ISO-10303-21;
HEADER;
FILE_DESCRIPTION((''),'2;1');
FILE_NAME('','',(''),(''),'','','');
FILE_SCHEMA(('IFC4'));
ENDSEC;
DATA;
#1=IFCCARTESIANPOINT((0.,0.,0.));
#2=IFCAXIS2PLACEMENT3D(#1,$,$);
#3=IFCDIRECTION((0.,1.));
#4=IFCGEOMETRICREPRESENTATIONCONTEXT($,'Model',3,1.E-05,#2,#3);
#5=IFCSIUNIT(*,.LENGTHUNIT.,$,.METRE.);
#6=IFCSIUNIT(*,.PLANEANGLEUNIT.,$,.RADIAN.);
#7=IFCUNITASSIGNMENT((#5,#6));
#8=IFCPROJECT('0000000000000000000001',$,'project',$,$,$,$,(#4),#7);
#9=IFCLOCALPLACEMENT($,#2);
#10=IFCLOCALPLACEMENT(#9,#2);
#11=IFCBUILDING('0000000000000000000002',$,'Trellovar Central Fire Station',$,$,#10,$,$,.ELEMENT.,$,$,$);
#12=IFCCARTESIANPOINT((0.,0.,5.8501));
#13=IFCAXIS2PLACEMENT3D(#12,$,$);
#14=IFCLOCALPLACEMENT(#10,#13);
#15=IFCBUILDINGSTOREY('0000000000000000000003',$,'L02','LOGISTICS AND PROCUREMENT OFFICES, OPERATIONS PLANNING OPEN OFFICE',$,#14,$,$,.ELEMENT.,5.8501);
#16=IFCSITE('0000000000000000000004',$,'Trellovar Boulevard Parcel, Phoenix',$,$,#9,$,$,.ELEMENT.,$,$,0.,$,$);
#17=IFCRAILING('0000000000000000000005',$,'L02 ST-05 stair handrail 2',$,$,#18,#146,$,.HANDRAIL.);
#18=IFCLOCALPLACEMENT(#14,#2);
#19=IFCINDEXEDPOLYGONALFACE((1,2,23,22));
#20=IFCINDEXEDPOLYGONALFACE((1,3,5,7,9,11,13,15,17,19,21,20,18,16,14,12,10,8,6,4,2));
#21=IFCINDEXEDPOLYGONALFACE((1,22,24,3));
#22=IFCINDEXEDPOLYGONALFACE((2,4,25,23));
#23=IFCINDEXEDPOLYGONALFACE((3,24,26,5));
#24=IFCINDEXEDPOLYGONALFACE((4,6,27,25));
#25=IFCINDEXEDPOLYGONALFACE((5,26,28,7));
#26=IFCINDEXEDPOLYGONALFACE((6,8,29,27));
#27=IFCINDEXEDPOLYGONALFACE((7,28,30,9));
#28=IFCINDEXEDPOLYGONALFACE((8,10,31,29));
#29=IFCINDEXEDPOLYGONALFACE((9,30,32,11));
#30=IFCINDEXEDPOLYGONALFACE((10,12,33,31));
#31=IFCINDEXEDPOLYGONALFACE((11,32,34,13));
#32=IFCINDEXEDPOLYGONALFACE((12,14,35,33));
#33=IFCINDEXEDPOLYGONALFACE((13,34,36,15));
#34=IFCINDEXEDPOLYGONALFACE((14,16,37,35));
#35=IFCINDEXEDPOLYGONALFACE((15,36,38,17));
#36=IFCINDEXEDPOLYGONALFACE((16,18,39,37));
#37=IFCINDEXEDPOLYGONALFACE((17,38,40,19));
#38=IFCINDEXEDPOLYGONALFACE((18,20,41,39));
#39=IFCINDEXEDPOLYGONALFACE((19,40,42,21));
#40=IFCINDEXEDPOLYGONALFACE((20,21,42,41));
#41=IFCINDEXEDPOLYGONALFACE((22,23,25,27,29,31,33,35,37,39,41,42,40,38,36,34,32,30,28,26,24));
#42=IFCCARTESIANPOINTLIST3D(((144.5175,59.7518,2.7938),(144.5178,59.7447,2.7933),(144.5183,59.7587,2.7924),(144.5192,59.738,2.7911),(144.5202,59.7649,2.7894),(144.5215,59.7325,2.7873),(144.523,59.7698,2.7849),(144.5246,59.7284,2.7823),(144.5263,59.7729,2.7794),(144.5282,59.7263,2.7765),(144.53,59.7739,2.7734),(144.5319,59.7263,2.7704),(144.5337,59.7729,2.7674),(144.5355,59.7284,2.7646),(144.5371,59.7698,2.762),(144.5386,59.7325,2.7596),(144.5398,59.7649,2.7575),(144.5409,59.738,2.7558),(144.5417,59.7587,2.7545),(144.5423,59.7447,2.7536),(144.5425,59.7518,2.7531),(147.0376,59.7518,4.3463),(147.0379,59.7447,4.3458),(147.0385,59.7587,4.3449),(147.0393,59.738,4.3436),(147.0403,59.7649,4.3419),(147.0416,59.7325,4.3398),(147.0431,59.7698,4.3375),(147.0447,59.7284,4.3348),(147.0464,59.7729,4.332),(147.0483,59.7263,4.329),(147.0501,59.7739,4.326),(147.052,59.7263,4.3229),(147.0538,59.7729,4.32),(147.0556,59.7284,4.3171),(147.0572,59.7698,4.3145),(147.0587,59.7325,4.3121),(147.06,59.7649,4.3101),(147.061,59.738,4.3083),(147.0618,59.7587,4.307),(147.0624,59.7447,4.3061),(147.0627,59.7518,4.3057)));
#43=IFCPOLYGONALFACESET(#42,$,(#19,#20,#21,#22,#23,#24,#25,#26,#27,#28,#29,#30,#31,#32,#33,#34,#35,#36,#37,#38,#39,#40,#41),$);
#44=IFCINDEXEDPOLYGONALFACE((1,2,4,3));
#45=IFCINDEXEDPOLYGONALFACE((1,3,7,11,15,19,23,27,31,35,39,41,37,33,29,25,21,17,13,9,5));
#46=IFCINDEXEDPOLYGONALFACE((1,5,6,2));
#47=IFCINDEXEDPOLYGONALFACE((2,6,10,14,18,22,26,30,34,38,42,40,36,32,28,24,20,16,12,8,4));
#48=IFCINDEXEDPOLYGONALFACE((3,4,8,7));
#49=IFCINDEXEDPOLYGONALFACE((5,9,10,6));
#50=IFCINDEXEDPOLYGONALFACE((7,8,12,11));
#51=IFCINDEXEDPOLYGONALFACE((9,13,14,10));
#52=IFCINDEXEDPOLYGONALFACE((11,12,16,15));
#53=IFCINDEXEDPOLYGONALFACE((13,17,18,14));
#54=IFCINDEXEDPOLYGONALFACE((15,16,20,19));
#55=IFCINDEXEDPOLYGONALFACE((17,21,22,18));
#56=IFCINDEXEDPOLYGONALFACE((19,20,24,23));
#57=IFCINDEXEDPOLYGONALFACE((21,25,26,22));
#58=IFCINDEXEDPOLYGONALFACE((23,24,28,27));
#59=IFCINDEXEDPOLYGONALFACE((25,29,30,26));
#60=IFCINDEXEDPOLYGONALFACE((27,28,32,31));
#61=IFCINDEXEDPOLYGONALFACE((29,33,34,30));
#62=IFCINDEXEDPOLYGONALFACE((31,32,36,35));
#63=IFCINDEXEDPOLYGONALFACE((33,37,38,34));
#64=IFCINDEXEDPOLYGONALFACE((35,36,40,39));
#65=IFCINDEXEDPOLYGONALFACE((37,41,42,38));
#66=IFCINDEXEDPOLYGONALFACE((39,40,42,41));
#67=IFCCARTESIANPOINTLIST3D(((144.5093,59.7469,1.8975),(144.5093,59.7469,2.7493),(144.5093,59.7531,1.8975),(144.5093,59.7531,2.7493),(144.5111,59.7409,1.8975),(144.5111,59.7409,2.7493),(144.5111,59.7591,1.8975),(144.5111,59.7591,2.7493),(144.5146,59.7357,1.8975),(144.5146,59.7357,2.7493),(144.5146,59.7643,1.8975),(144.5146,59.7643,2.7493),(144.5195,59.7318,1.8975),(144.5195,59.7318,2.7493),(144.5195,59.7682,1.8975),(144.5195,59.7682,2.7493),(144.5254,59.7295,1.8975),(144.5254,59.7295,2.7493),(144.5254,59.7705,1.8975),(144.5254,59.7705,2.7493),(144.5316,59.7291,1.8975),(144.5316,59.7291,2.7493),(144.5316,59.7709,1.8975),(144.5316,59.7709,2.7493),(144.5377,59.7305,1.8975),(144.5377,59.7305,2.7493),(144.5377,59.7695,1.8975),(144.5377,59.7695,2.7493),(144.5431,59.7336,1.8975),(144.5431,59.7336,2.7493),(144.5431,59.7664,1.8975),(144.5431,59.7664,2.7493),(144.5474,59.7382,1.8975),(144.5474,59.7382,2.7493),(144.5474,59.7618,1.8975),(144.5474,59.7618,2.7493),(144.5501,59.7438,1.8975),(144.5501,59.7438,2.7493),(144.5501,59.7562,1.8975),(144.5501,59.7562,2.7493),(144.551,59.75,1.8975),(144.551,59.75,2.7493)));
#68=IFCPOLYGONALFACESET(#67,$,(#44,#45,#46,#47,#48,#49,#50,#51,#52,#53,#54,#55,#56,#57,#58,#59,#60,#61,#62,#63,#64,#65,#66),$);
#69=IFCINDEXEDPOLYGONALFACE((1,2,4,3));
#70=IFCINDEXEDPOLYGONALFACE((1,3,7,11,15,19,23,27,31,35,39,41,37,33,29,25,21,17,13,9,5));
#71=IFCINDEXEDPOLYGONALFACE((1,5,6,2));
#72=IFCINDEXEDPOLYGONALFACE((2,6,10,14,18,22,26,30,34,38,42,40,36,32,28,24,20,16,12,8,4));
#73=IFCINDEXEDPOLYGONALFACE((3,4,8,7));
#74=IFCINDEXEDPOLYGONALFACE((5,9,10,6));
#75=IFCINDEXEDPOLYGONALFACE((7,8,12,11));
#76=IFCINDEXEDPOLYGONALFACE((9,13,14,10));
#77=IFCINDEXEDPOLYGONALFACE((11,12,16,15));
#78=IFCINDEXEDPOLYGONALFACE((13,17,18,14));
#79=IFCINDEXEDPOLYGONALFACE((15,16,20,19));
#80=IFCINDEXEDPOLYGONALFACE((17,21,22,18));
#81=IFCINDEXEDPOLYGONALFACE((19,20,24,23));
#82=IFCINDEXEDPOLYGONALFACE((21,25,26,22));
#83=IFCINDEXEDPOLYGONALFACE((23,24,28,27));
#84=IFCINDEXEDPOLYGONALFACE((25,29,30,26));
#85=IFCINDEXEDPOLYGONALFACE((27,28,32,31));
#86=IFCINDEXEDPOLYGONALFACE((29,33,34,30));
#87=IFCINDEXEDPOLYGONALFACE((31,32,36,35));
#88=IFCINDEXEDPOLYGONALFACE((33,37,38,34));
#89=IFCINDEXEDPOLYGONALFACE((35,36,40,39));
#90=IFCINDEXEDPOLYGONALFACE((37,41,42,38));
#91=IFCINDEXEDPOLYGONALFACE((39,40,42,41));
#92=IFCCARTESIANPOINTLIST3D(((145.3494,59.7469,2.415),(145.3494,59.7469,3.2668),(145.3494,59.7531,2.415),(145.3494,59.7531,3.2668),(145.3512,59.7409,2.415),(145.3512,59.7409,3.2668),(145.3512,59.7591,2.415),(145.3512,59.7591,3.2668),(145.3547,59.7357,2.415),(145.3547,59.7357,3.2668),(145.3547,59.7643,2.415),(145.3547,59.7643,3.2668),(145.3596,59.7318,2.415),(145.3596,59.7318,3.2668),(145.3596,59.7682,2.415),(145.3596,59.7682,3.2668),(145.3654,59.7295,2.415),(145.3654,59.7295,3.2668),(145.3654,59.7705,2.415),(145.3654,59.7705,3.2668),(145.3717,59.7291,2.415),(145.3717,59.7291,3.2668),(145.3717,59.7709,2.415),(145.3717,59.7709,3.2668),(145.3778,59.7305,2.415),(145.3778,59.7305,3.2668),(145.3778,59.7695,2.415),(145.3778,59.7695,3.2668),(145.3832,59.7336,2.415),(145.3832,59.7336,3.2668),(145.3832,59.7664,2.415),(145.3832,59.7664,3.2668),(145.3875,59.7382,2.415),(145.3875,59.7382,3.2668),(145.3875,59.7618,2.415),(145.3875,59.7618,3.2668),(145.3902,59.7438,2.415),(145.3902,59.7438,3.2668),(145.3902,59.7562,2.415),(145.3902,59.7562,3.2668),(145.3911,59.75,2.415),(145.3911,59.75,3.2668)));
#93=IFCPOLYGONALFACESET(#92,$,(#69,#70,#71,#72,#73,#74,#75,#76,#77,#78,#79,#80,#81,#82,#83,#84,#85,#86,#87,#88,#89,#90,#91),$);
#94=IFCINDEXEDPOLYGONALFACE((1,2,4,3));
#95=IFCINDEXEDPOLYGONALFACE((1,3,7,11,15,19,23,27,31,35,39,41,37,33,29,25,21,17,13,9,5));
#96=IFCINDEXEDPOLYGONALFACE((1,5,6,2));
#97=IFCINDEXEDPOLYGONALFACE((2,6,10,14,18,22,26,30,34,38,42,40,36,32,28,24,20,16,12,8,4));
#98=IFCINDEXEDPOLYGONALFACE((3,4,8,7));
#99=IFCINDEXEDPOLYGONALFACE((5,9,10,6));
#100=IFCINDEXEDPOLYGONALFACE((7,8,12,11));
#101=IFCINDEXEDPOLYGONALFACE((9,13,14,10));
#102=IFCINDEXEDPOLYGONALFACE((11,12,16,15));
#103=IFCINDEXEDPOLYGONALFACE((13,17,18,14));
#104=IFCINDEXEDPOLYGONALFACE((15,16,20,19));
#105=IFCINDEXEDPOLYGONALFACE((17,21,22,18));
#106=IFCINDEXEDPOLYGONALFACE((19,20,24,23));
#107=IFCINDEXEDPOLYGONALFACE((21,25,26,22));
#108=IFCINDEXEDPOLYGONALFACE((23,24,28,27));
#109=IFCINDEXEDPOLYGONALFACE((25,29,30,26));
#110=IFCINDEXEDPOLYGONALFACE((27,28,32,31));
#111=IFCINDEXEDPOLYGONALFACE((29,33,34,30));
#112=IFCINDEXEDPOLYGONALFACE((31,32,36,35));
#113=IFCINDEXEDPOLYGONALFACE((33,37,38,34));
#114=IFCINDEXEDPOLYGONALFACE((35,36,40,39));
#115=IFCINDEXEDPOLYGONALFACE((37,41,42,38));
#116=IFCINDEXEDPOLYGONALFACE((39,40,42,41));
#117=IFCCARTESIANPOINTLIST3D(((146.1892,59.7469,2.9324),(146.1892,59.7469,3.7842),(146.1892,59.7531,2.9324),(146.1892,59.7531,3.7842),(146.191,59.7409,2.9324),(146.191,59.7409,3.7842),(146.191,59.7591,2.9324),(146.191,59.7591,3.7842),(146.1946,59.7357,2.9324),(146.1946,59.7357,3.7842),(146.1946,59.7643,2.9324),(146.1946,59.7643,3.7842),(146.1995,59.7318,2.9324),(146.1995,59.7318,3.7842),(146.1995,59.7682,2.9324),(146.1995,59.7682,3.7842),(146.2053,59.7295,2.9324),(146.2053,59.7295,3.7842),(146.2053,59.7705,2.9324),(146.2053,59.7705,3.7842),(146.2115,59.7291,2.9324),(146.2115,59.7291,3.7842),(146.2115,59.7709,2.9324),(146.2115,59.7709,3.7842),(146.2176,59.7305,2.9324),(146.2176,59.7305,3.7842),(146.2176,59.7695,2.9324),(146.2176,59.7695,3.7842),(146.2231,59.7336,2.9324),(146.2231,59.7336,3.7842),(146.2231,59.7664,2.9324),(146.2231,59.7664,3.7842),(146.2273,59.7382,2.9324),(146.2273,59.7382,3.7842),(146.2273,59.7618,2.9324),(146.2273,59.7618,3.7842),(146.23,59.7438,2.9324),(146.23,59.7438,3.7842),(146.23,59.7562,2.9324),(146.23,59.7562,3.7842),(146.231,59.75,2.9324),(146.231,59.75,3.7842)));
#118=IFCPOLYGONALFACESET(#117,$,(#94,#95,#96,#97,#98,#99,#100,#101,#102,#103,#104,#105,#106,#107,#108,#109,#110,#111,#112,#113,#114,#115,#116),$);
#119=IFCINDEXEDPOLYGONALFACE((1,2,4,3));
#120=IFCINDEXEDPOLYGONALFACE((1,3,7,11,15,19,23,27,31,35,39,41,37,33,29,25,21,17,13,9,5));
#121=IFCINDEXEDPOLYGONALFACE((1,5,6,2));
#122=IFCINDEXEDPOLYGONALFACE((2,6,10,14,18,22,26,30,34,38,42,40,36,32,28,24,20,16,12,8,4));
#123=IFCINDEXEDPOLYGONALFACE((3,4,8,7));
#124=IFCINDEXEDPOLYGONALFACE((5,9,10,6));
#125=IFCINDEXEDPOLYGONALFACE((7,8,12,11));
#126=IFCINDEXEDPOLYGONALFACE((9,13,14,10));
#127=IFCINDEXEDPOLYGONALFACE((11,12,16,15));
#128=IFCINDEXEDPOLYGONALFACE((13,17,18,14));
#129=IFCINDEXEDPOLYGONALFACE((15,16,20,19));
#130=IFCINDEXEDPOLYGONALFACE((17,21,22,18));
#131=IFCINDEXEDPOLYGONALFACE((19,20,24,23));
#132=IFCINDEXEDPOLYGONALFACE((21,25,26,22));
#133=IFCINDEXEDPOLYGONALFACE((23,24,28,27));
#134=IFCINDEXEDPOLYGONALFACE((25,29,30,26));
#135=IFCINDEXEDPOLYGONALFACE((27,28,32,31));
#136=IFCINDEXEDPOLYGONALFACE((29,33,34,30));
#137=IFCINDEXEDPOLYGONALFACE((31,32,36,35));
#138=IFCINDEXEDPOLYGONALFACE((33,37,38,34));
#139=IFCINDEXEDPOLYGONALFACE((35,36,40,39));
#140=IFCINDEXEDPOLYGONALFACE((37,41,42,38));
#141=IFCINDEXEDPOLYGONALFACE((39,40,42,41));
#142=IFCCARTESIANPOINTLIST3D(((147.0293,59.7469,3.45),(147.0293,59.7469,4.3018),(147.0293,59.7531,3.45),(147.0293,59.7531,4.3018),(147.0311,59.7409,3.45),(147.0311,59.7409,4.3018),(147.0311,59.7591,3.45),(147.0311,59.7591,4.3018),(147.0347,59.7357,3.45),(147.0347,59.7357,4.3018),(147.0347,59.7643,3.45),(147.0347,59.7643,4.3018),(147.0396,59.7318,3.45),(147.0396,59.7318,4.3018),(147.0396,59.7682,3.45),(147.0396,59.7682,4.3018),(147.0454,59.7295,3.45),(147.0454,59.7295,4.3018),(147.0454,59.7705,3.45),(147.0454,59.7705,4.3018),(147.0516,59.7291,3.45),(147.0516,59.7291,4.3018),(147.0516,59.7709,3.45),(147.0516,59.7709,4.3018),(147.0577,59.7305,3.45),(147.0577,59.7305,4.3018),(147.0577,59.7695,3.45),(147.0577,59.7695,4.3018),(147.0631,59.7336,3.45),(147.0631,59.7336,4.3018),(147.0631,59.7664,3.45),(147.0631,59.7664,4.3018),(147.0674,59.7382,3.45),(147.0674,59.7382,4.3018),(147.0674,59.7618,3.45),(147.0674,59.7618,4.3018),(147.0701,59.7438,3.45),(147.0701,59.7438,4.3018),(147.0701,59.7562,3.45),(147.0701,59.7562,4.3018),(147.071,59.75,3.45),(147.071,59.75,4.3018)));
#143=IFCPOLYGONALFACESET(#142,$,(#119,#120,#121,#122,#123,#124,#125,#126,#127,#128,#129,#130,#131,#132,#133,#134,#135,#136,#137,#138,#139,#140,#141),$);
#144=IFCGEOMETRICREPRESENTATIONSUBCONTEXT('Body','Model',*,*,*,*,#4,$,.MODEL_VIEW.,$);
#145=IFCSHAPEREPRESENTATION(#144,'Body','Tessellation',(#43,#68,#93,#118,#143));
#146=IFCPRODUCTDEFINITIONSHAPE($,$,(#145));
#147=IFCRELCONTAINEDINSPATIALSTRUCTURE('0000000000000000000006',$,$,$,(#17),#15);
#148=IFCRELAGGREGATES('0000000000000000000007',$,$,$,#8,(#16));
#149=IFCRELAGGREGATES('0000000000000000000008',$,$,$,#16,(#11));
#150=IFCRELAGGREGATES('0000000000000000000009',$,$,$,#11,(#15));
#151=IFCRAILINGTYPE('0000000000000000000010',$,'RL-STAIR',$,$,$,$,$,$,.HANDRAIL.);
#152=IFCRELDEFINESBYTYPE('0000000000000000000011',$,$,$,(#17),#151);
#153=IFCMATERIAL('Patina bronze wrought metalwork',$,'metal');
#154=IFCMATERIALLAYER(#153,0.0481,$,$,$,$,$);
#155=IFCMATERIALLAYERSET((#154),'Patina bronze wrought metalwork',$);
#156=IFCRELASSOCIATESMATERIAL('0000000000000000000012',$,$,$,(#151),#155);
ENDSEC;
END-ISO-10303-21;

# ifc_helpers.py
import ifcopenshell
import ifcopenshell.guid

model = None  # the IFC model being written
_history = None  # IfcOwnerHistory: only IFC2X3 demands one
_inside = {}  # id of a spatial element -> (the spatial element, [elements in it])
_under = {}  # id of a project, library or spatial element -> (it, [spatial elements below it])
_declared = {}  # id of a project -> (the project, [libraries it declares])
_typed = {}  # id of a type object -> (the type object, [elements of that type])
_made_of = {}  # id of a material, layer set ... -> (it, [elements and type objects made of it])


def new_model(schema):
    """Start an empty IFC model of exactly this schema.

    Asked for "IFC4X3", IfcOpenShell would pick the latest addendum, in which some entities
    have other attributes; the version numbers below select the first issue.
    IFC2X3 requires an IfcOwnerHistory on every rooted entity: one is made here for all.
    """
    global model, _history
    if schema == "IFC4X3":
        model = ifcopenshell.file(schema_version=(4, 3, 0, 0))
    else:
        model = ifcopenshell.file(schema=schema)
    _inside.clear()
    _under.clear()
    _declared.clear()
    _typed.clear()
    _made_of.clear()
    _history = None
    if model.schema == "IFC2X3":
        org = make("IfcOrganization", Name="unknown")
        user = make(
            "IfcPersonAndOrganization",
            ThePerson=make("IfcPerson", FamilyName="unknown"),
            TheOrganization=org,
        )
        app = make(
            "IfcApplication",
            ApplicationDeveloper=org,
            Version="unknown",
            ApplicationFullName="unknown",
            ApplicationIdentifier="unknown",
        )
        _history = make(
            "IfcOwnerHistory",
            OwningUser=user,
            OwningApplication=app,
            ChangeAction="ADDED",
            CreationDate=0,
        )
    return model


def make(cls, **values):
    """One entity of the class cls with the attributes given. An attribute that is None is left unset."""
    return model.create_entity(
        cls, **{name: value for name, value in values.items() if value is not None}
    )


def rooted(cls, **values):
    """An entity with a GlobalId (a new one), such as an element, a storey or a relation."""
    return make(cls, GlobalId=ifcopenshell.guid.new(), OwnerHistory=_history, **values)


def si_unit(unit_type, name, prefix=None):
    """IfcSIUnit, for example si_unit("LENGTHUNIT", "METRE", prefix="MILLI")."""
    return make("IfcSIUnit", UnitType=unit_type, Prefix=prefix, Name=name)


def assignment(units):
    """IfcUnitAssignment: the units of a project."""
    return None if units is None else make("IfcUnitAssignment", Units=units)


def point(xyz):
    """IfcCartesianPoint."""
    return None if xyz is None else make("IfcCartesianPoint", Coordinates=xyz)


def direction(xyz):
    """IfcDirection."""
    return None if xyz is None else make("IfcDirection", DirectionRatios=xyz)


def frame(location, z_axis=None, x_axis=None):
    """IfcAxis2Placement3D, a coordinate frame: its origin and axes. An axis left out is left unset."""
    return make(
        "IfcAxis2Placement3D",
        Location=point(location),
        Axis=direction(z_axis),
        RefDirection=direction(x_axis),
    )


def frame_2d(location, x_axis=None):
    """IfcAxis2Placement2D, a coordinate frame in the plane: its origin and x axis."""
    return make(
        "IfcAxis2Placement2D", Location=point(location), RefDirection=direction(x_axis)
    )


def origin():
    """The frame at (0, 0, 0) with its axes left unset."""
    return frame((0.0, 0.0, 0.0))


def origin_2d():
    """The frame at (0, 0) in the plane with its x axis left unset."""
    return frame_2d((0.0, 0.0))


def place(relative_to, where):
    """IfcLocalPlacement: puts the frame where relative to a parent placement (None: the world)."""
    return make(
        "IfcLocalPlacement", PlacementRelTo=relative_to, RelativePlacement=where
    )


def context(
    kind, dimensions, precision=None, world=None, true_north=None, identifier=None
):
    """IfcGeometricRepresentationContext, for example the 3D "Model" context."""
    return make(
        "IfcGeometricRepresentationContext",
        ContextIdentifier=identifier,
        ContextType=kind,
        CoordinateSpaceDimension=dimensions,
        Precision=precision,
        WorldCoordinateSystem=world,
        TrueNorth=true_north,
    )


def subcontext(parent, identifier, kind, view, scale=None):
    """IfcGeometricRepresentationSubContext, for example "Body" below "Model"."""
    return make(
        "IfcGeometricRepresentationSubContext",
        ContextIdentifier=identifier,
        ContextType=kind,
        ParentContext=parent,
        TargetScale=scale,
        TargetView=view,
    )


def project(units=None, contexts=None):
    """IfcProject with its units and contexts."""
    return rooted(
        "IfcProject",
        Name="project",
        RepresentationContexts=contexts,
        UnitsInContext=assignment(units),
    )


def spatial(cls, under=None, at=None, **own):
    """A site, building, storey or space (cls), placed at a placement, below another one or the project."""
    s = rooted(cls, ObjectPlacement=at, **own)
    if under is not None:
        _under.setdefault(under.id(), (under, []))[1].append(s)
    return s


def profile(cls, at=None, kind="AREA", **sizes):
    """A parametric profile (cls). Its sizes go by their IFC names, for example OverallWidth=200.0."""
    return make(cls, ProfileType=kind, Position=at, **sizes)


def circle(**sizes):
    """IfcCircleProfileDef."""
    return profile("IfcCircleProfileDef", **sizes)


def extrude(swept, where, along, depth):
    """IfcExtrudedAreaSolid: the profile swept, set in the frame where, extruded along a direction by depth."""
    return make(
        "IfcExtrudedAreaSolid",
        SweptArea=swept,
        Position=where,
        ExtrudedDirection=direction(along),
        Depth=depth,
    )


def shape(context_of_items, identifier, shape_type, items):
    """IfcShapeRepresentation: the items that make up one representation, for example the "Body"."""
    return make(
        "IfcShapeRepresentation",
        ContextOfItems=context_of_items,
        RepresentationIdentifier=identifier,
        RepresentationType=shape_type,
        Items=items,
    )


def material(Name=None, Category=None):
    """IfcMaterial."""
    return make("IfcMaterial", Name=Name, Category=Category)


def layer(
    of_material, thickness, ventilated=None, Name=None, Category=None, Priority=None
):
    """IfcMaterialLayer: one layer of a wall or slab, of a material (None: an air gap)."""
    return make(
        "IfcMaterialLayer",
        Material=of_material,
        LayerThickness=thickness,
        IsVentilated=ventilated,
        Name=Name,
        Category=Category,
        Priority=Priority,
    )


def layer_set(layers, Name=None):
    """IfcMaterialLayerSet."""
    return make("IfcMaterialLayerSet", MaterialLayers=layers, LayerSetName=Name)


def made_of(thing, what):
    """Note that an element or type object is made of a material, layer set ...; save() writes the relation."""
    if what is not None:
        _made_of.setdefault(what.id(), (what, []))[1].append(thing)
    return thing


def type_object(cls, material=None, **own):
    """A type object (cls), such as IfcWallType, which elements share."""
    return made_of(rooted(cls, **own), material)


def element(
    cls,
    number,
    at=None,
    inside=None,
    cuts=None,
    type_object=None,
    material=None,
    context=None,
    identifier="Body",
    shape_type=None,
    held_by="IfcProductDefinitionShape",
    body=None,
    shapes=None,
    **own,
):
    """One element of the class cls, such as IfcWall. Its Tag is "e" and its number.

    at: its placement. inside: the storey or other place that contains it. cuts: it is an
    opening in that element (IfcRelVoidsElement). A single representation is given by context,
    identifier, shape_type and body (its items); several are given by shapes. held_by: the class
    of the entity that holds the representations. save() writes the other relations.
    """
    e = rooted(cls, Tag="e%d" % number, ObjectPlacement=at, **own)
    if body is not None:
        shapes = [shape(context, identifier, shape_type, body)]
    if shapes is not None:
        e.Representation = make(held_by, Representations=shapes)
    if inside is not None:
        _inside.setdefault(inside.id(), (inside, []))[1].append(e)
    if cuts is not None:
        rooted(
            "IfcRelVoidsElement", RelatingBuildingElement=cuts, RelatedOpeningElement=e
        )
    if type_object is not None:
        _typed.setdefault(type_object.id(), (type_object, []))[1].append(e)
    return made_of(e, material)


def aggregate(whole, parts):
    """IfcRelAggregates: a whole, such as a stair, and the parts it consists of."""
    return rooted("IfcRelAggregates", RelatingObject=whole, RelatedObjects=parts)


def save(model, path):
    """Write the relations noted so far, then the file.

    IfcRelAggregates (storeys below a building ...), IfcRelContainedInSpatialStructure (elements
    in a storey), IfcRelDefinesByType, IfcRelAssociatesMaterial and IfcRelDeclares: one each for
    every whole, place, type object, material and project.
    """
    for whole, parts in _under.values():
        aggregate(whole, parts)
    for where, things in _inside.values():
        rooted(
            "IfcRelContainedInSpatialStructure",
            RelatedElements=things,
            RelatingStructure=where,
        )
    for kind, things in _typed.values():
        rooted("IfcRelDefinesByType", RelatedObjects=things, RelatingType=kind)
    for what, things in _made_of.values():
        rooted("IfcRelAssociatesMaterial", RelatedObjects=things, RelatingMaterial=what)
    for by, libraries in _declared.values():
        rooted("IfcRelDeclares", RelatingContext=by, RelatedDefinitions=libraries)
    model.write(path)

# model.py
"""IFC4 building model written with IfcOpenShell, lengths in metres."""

from ifc_helpers import new_model, si_unit, direction, frame, origin, origin_2d, place, context, subcontext, project, spatial, circle, extrude, material, layer, layer_set, type_object, element, save


model = new_model("IFC4")

# Units and contexts
model_context = context("Model", 3, precision=1e-05, world=origin(), true_north=direction((0.0, 1.0)))
body_context = subcontext(model_context, "Body", "Model", "MODEL_VIEW")
ifc_project = project(units=[si_unit("LENGTHUNIT", "METRE"), si_unit("PLANEANGLEUNIT", "RADIAN")], contexts=[model_context])

# Site, building, storey
site_placement = place(None, origin())
site = spatial("IfcSite", under=ifc_project, at=site_placement, Name="Trellovar Boulevard Parcel, Phoenix", CompositionType="ELEMENT", RefElevation=0.0)
building_placement = place(site_placement, origin())
building = spatial("IfcBuilding", under=site, at=building_placement, Name="Trellovar Central Fire Station", CompositionType="ELEMENT")
storey_placement = place(building_placement, frame((0.0, 0.0, 5.8501)))
storey = spatial("IfcBuildingStorey", under=building, at=storey_placement, Name="L02", Description="LOGISTICS AND PROCUREMENT OFFICES, OPERATIONS PLANNING OPEN OFFICE", CompositionType="ELEMENT", Elevation=5.8501)

# Railing
ifc_material_1 = material(Name="Patina bronze wrought metalwork", Category="metal")
ifc_layer_1 = layer(ifc_material_1, 0.0481)
ifc_layer_set_1 = layer_set([ifc_layer_1], Name="Patina bronze wrought metalwork")
railing_type_1 = type_object("IfcRailingType", Name="RL-STAIR", PredefinedType="HANDRAIL", material=ifc_layer_set_1)
railing_1_placement = place(storey_placement, frame((144.53, 59.75, 1.8975)))
element("IfcRailing", 1, at=railing_1_placement, inside=storey, type_object=railing_type_1, Name="L02 ST-05 stair handrail 2", PredefinedType="HANDRAIL", context=body_context, shape_type="SweptSolid", body=[
    extrude(circle(Radius=0.0239, at=origin_2d()), frame((0.0, 0.0, 0.876), z_axis=(0.8514, 0.0, 0.524516), x_axis=(0.0, 1.0, 0.0)), (0.0, 0.0, 1.0), 2.96),
    extrude(circle(Radius=0.021, at=origin_2d()), origin(), (0.0, 0.0, 1.0), 0.8518),
    extrude(circle(Radius=0.021, at=origin_2d()), frame((0.8401, 0.0, 0.5176)), (0.0, 0.0, 1.0), 0.8518),
    extrude(circle(Radius=0.021, at=origin_2d()), frame((1.6799, 0.0, 1.0349)), (0.0, 0.0, 1.0), 0.8518),
    extrude(circle(Radius=0.021, at=origin_2d()), frame((2.52, 0.0, 1.5525)), (0.0, 0.0, 1.0), 0.8518),
])

save(model, "model.ifc")
